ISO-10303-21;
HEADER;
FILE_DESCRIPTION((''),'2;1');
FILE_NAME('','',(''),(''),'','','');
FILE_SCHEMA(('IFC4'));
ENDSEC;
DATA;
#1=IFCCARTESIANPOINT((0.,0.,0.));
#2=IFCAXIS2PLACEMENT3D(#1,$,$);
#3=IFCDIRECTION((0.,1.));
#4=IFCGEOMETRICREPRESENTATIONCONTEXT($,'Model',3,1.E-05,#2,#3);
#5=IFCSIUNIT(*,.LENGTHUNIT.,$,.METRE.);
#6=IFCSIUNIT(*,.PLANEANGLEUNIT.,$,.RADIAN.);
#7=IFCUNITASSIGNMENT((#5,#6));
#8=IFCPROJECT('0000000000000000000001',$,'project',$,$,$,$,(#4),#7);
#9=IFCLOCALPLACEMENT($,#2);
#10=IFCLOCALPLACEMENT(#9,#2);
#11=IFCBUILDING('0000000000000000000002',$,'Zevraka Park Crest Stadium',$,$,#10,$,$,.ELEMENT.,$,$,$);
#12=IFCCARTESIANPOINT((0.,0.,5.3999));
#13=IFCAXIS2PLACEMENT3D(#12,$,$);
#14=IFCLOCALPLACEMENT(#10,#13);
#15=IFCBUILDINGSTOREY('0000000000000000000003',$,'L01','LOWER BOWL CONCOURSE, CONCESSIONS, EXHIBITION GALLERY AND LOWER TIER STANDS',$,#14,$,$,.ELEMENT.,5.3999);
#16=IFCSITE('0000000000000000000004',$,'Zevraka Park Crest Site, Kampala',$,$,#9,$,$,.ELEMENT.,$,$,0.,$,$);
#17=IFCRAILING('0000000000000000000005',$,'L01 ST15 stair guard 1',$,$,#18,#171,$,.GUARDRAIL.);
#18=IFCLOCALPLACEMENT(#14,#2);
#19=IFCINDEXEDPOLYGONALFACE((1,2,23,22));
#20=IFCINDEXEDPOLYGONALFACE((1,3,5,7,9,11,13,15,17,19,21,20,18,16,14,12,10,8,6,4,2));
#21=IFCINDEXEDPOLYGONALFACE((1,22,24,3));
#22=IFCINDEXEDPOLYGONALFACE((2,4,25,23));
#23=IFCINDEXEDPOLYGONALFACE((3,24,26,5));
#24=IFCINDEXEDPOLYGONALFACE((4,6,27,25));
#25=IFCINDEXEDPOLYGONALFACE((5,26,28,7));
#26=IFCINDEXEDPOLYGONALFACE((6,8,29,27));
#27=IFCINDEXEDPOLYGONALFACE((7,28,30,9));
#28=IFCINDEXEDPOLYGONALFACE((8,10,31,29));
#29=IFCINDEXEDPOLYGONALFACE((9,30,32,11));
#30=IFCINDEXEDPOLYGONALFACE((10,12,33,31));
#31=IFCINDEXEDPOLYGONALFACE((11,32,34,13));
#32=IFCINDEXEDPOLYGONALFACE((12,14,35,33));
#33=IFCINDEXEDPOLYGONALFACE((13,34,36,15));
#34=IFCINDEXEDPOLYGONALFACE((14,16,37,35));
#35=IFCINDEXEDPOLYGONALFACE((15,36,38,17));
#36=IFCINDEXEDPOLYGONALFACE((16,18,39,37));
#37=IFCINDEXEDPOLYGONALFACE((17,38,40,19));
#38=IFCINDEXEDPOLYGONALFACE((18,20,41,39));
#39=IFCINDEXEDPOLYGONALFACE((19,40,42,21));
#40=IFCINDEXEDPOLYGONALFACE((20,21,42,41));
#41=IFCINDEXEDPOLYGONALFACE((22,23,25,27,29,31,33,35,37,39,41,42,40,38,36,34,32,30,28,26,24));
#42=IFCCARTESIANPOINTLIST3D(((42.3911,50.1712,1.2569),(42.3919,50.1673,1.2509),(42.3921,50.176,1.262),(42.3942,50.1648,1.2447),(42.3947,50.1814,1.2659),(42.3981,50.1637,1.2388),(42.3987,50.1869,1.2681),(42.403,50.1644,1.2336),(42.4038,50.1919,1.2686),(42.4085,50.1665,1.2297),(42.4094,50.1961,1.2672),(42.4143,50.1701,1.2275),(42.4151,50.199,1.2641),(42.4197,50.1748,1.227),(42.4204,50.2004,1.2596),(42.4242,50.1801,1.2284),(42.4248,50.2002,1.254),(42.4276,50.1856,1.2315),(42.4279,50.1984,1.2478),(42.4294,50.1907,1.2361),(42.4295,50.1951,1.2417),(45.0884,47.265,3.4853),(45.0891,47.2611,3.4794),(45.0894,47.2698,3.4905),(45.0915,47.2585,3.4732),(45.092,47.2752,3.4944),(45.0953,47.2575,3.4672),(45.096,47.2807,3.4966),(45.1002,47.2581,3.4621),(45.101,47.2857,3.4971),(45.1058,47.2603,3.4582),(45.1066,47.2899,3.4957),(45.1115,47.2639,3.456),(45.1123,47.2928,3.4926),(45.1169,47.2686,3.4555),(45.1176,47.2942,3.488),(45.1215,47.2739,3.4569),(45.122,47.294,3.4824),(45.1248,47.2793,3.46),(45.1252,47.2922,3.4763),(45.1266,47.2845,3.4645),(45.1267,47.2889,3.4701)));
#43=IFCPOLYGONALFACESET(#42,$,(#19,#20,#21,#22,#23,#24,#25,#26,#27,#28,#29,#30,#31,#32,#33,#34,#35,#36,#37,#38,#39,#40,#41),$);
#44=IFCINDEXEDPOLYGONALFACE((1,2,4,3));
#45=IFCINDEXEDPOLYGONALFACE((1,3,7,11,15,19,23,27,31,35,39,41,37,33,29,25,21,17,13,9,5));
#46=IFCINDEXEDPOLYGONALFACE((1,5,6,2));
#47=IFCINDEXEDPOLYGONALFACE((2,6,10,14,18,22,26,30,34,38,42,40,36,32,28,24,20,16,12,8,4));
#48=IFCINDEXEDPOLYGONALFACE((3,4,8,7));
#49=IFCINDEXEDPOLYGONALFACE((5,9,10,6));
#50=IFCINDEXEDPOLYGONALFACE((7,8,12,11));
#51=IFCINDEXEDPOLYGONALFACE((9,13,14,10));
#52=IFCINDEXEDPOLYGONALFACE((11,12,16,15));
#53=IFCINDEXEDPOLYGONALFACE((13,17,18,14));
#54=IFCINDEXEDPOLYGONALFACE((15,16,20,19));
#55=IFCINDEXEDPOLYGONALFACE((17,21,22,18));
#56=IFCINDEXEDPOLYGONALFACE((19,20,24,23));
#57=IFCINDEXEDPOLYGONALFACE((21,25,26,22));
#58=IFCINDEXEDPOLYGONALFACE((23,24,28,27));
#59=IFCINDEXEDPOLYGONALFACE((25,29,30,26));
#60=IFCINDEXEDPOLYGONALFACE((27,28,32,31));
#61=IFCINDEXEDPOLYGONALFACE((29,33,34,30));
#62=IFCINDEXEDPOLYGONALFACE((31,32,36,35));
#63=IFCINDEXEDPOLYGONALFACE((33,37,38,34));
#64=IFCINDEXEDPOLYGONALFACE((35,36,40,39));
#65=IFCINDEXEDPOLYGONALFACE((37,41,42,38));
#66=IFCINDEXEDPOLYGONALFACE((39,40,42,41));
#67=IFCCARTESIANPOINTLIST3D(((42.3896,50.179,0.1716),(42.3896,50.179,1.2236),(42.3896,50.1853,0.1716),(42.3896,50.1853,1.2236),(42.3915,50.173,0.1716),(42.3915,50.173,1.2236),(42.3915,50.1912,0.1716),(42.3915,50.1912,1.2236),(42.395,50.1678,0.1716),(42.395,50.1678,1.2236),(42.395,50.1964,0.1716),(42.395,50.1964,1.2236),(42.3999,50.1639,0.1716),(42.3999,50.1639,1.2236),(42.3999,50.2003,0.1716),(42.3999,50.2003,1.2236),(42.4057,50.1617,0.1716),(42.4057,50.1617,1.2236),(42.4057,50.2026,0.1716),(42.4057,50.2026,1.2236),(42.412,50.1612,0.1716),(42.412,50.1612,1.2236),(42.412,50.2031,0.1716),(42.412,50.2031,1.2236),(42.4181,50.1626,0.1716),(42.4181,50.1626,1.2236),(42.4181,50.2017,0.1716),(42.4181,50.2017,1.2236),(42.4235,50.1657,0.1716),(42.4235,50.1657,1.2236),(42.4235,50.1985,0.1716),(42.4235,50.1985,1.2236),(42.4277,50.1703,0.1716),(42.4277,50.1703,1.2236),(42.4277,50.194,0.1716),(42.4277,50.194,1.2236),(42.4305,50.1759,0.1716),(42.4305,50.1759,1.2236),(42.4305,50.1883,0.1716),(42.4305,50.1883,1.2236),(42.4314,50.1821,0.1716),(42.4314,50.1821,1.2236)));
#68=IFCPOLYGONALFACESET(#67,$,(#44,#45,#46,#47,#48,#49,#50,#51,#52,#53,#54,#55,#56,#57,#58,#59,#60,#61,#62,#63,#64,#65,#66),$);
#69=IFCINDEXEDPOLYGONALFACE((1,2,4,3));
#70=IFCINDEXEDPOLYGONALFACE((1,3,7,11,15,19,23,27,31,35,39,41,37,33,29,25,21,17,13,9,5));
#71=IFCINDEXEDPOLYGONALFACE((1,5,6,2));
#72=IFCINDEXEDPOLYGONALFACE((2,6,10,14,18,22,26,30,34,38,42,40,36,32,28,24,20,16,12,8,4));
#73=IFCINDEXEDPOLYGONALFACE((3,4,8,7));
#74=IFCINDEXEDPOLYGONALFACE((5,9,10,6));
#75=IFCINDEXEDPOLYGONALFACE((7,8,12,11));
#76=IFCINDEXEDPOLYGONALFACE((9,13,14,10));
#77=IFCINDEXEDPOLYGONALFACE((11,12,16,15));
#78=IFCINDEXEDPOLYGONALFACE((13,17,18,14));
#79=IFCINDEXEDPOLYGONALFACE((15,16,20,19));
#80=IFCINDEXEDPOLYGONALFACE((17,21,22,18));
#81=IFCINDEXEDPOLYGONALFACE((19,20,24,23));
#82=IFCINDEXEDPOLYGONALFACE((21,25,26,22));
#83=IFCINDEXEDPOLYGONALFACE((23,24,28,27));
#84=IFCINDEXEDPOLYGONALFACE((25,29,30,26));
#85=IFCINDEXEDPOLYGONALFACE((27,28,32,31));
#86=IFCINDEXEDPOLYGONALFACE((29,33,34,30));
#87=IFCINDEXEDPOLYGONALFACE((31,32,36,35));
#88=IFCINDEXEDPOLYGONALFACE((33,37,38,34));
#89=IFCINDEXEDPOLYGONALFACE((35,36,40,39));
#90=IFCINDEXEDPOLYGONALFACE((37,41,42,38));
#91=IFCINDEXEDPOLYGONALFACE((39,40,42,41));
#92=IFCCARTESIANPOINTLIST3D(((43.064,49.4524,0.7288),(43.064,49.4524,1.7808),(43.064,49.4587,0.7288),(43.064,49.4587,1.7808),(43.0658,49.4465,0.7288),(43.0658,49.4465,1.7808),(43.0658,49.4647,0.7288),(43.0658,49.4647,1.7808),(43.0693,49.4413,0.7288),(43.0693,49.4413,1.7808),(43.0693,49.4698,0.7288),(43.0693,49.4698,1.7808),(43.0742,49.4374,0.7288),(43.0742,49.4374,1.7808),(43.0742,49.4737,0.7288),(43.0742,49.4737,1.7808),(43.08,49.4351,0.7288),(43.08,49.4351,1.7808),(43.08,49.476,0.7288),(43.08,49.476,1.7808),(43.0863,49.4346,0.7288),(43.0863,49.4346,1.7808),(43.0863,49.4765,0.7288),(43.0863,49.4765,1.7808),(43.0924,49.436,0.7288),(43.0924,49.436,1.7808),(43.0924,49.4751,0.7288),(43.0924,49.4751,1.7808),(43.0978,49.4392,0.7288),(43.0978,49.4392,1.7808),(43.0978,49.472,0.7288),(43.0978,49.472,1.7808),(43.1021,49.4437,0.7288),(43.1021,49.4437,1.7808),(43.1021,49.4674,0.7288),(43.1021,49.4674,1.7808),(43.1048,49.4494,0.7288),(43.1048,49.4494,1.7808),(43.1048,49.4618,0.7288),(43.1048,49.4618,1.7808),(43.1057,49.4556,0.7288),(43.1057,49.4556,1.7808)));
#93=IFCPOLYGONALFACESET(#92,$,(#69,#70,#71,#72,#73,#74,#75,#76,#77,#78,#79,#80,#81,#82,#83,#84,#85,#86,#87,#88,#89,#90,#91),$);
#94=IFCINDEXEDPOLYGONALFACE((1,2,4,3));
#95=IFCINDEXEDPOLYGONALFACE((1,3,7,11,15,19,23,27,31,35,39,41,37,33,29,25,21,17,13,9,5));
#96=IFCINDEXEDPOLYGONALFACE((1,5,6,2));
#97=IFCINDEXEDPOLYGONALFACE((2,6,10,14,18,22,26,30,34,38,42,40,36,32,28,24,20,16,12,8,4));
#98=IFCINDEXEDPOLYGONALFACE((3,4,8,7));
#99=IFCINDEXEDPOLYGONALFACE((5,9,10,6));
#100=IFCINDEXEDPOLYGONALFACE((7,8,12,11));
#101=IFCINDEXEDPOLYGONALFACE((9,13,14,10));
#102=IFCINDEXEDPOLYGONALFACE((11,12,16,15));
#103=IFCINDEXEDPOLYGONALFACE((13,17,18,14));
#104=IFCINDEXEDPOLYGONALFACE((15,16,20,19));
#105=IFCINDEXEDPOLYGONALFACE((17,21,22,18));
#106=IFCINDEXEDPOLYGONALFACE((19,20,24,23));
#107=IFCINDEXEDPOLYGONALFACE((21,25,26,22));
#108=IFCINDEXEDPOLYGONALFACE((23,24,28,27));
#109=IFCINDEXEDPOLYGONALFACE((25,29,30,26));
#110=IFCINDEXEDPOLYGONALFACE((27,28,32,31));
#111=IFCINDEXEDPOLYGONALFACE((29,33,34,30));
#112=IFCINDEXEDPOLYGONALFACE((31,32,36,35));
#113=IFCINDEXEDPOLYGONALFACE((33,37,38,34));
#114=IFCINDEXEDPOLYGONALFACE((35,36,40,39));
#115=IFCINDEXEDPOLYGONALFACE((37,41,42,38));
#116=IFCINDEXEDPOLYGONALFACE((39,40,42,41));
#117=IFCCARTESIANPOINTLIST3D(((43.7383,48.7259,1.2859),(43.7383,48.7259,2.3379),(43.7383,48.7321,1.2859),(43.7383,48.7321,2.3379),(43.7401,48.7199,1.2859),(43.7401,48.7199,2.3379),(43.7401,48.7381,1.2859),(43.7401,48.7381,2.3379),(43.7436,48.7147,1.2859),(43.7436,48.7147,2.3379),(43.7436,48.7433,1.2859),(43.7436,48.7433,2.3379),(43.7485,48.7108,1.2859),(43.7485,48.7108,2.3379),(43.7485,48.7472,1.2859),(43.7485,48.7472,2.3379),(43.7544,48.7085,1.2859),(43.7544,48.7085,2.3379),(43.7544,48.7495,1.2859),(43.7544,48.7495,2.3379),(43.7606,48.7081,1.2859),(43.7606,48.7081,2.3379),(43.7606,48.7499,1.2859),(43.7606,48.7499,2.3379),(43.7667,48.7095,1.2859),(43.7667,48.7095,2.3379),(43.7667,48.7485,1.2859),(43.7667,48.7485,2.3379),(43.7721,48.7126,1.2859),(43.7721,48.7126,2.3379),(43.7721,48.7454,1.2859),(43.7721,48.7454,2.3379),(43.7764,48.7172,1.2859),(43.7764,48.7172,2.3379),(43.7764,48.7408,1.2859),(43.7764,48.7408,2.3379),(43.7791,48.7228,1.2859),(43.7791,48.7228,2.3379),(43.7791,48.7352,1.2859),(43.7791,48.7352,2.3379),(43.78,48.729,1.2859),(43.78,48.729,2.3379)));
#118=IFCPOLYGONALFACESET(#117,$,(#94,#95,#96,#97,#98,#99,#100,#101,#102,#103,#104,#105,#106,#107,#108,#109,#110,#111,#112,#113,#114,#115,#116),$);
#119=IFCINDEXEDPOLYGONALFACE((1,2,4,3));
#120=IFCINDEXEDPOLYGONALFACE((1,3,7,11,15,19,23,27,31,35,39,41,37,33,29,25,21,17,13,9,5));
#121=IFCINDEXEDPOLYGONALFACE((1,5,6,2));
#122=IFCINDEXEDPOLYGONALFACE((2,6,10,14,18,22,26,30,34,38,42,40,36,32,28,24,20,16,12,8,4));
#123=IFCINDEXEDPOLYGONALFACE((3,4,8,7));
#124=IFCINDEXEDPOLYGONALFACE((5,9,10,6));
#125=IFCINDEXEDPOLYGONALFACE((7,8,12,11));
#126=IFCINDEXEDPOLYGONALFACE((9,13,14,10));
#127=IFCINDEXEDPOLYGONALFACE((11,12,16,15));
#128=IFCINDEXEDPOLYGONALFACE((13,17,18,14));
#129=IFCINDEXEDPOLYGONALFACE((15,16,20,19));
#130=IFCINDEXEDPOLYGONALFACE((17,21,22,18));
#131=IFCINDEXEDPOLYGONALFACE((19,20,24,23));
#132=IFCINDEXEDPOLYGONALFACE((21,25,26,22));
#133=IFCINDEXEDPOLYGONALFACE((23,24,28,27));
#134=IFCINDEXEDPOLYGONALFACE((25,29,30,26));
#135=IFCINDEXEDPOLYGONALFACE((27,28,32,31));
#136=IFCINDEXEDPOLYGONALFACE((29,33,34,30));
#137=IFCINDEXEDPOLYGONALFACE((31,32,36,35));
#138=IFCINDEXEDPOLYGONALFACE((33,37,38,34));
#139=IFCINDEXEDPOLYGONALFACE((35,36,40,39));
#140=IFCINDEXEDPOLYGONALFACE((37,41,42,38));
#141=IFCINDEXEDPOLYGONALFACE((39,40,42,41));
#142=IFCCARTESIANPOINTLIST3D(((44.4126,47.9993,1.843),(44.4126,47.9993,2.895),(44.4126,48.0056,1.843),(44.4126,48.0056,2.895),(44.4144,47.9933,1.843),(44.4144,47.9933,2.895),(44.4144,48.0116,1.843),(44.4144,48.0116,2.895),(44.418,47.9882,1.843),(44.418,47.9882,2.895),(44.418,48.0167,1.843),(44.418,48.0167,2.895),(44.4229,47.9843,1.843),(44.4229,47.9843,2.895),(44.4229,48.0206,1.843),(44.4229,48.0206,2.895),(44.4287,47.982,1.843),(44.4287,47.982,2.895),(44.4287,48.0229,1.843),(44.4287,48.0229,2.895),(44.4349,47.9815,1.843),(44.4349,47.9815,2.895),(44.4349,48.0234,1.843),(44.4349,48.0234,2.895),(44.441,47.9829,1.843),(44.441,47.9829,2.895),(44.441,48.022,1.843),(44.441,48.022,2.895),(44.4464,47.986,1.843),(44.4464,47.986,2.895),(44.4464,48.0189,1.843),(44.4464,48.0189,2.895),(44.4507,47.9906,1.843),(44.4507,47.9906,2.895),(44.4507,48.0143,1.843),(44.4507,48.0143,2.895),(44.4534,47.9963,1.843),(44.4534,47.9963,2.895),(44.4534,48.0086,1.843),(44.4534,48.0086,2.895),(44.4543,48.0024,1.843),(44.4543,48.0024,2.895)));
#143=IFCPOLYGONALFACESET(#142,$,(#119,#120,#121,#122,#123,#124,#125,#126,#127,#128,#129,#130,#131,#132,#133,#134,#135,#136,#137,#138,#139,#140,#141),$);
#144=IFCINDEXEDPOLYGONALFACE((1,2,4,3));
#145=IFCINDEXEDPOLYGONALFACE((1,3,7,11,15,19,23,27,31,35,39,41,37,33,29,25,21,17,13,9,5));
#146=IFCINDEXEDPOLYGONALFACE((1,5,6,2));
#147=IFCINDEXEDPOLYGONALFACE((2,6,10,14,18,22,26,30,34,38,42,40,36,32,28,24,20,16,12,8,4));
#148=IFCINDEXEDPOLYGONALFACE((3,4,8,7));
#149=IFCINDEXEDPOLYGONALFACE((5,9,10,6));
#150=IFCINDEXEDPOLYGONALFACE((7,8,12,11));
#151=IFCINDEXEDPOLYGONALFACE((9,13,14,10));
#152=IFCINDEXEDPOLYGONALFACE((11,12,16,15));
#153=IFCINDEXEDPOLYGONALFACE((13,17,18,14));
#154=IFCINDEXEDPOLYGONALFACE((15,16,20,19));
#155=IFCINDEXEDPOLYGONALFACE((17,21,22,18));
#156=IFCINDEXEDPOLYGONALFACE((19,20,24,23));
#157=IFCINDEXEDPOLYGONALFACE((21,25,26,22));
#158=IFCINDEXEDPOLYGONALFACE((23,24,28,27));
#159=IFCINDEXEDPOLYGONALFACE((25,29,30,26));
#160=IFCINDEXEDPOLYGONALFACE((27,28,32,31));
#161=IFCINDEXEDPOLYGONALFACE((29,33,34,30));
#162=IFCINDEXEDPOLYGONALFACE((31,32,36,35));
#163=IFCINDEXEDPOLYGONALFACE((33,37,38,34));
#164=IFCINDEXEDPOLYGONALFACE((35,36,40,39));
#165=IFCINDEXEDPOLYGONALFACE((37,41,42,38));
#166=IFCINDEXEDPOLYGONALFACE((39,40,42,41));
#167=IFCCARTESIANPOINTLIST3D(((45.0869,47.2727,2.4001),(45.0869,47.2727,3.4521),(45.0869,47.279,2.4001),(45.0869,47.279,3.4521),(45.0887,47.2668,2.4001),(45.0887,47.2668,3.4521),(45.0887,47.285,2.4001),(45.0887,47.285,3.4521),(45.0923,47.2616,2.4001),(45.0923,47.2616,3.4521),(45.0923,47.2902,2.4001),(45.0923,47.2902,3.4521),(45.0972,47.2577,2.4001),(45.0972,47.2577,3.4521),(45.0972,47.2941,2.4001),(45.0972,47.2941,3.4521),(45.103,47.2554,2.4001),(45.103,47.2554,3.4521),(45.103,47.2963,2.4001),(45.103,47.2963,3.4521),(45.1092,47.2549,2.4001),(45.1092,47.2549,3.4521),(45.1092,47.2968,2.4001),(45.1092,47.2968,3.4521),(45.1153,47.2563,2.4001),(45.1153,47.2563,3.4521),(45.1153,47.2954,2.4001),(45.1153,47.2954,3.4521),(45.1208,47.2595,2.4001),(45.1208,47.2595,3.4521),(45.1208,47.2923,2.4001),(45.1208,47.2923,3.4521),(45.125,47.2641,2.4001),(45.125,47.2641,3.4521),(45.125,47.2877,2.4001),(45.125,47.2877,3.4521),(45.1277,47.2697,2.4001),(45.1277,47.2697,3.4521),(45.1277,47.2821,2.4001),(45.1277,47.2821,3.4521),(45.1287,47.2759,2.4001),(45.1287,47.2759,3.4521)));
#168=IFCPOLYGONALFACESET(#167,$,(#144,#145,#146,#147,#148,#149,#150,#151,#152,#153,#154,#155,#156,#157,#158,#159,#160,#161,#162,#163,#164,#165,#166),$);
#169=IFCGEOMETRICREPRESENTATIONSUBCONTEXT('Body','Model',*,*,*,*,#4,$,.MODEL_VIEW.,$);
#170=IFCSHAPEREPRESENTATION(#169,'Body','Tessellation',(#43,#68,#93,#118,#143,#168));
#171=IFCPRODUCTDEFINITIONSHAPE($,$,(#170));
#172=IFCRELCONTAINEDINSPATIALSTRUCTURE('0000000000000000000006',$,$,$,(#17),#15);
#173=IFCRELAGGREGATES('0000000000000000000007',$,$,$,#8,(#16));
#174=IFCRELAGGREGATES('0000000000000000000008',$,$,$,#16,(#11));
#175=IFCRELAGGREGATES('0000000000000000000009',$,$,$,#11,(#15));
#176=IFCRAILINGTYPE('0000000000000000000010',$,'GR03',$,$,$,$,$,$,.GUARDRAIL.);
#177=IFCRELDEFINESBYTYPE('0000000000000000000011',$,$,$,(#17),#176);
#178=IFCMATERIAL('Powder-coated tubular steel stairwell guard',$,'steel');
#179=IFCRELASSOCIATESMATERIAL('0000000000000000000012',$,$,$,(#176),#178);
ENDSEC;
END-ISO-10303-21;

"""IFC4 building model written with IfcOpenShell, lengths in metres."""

from ifc_helpers import new_model, si_unit, direction, frame, origin, origin_2d, place, context, subcontext, project, spatial, circle, extrude, material, type_object, element, save


model = new_model("IFC4")

# Units and contexts
model_context = context("Model", 3, precision=1e-05, world=origin(), true_north=direction((0.0, 1.0)))
body_context = subcontext(model_context, "Body", "Model", "MODEL_VIEW")
ifc_project = project(units=[si_unit("LENGTHUNIT", "METRE"), si_unit("PLANEANGLEUNIT", "RADIAN")], contexts=[model_context])

# Site, building, storey
site_placement = place(None, origin())
site = spatial("IfcSite", under=ifc_project, at=site_placement, Name="Zevraka Park Crest Site, Kampala", CompositionType="ELEMENT", RefElevation=0.0)
building_placement = place(site_placement, origin())
building = spatial("IfcBuilding", under=site, at=building_placement, Name="Zevraka Park Crest Stadium", CompositionType="ELEMENT")
storey_placement = place(building_placement, frame((0.0, 0.0, 5.3999)))
storey = spatial("IfcBuildingStorey", under=building, at=storey_placement, Name="L01", Description="LOWER BOWL CONCOURSE, CONCESSIONS, EXHIBITION GALLERY AND LOWER TIER STANDS", CompositionType="ELEMENT", Elevation=5.3999)

# Railing
ifc_material_1 = material(Name="Powder-coated tubular steel stairwell guard", Category="steel")
railing_type_1 = type_object("IfcRailingType", Name="GR03", PredefinedType="GUARDRAIL", material=ifc_material_1)
railing_1_placement = place(storey_placement, frame((42.4104, 50.1821, 0.1716)))
element("IfcRailing", 1, at=railing_1_placement, inside=storey, type_object=railing_type_1, Name="L01 ST15 stair guard 1", PredefinedType="GUARDRAIL", context=body_context, shape_type="SweptSolid", body=[
    extrude(circle(Radius=0.0239, at=origin_2d()), frame((0.0, 0.0, 1.0762), z_axis=(0.593016, -0.638963, 0.489957), x_axis=(0.732969, 0.680262, 0.0)), (0.0, 0.0, 1.0), 4.5483),
    extrude(circle(Radius=0.021, at=origin_2d()), origin(), (0.0, 0.0, 1.0), 1.052),
    extrude(circle(Radius=0.021, at=origin_2d()), frame((0.6743, -0.7266, 0.5571)), (0.0, 0.0, 1.0), 1.052),
    extrude(circle(Radius=0.021, at=origin_2d()), frame((1.3486, -1.4531, 1.1143)), (0.0, 0.0, 1.0), 1.052),
    extrude(circle(Radius=0.021, at=origin_2d()), frame((2.0229, -2.1797, 1.6714)), (0.0, 0.0, 1.0), 1.052),
    extrude(circle(Radius=0.021, at=origin_2d()), frame((2.6973, -2.9062, 2.2285)), (0.0, 0.0, 1.0), 1.052),
])

save(model, "model.ifc")
